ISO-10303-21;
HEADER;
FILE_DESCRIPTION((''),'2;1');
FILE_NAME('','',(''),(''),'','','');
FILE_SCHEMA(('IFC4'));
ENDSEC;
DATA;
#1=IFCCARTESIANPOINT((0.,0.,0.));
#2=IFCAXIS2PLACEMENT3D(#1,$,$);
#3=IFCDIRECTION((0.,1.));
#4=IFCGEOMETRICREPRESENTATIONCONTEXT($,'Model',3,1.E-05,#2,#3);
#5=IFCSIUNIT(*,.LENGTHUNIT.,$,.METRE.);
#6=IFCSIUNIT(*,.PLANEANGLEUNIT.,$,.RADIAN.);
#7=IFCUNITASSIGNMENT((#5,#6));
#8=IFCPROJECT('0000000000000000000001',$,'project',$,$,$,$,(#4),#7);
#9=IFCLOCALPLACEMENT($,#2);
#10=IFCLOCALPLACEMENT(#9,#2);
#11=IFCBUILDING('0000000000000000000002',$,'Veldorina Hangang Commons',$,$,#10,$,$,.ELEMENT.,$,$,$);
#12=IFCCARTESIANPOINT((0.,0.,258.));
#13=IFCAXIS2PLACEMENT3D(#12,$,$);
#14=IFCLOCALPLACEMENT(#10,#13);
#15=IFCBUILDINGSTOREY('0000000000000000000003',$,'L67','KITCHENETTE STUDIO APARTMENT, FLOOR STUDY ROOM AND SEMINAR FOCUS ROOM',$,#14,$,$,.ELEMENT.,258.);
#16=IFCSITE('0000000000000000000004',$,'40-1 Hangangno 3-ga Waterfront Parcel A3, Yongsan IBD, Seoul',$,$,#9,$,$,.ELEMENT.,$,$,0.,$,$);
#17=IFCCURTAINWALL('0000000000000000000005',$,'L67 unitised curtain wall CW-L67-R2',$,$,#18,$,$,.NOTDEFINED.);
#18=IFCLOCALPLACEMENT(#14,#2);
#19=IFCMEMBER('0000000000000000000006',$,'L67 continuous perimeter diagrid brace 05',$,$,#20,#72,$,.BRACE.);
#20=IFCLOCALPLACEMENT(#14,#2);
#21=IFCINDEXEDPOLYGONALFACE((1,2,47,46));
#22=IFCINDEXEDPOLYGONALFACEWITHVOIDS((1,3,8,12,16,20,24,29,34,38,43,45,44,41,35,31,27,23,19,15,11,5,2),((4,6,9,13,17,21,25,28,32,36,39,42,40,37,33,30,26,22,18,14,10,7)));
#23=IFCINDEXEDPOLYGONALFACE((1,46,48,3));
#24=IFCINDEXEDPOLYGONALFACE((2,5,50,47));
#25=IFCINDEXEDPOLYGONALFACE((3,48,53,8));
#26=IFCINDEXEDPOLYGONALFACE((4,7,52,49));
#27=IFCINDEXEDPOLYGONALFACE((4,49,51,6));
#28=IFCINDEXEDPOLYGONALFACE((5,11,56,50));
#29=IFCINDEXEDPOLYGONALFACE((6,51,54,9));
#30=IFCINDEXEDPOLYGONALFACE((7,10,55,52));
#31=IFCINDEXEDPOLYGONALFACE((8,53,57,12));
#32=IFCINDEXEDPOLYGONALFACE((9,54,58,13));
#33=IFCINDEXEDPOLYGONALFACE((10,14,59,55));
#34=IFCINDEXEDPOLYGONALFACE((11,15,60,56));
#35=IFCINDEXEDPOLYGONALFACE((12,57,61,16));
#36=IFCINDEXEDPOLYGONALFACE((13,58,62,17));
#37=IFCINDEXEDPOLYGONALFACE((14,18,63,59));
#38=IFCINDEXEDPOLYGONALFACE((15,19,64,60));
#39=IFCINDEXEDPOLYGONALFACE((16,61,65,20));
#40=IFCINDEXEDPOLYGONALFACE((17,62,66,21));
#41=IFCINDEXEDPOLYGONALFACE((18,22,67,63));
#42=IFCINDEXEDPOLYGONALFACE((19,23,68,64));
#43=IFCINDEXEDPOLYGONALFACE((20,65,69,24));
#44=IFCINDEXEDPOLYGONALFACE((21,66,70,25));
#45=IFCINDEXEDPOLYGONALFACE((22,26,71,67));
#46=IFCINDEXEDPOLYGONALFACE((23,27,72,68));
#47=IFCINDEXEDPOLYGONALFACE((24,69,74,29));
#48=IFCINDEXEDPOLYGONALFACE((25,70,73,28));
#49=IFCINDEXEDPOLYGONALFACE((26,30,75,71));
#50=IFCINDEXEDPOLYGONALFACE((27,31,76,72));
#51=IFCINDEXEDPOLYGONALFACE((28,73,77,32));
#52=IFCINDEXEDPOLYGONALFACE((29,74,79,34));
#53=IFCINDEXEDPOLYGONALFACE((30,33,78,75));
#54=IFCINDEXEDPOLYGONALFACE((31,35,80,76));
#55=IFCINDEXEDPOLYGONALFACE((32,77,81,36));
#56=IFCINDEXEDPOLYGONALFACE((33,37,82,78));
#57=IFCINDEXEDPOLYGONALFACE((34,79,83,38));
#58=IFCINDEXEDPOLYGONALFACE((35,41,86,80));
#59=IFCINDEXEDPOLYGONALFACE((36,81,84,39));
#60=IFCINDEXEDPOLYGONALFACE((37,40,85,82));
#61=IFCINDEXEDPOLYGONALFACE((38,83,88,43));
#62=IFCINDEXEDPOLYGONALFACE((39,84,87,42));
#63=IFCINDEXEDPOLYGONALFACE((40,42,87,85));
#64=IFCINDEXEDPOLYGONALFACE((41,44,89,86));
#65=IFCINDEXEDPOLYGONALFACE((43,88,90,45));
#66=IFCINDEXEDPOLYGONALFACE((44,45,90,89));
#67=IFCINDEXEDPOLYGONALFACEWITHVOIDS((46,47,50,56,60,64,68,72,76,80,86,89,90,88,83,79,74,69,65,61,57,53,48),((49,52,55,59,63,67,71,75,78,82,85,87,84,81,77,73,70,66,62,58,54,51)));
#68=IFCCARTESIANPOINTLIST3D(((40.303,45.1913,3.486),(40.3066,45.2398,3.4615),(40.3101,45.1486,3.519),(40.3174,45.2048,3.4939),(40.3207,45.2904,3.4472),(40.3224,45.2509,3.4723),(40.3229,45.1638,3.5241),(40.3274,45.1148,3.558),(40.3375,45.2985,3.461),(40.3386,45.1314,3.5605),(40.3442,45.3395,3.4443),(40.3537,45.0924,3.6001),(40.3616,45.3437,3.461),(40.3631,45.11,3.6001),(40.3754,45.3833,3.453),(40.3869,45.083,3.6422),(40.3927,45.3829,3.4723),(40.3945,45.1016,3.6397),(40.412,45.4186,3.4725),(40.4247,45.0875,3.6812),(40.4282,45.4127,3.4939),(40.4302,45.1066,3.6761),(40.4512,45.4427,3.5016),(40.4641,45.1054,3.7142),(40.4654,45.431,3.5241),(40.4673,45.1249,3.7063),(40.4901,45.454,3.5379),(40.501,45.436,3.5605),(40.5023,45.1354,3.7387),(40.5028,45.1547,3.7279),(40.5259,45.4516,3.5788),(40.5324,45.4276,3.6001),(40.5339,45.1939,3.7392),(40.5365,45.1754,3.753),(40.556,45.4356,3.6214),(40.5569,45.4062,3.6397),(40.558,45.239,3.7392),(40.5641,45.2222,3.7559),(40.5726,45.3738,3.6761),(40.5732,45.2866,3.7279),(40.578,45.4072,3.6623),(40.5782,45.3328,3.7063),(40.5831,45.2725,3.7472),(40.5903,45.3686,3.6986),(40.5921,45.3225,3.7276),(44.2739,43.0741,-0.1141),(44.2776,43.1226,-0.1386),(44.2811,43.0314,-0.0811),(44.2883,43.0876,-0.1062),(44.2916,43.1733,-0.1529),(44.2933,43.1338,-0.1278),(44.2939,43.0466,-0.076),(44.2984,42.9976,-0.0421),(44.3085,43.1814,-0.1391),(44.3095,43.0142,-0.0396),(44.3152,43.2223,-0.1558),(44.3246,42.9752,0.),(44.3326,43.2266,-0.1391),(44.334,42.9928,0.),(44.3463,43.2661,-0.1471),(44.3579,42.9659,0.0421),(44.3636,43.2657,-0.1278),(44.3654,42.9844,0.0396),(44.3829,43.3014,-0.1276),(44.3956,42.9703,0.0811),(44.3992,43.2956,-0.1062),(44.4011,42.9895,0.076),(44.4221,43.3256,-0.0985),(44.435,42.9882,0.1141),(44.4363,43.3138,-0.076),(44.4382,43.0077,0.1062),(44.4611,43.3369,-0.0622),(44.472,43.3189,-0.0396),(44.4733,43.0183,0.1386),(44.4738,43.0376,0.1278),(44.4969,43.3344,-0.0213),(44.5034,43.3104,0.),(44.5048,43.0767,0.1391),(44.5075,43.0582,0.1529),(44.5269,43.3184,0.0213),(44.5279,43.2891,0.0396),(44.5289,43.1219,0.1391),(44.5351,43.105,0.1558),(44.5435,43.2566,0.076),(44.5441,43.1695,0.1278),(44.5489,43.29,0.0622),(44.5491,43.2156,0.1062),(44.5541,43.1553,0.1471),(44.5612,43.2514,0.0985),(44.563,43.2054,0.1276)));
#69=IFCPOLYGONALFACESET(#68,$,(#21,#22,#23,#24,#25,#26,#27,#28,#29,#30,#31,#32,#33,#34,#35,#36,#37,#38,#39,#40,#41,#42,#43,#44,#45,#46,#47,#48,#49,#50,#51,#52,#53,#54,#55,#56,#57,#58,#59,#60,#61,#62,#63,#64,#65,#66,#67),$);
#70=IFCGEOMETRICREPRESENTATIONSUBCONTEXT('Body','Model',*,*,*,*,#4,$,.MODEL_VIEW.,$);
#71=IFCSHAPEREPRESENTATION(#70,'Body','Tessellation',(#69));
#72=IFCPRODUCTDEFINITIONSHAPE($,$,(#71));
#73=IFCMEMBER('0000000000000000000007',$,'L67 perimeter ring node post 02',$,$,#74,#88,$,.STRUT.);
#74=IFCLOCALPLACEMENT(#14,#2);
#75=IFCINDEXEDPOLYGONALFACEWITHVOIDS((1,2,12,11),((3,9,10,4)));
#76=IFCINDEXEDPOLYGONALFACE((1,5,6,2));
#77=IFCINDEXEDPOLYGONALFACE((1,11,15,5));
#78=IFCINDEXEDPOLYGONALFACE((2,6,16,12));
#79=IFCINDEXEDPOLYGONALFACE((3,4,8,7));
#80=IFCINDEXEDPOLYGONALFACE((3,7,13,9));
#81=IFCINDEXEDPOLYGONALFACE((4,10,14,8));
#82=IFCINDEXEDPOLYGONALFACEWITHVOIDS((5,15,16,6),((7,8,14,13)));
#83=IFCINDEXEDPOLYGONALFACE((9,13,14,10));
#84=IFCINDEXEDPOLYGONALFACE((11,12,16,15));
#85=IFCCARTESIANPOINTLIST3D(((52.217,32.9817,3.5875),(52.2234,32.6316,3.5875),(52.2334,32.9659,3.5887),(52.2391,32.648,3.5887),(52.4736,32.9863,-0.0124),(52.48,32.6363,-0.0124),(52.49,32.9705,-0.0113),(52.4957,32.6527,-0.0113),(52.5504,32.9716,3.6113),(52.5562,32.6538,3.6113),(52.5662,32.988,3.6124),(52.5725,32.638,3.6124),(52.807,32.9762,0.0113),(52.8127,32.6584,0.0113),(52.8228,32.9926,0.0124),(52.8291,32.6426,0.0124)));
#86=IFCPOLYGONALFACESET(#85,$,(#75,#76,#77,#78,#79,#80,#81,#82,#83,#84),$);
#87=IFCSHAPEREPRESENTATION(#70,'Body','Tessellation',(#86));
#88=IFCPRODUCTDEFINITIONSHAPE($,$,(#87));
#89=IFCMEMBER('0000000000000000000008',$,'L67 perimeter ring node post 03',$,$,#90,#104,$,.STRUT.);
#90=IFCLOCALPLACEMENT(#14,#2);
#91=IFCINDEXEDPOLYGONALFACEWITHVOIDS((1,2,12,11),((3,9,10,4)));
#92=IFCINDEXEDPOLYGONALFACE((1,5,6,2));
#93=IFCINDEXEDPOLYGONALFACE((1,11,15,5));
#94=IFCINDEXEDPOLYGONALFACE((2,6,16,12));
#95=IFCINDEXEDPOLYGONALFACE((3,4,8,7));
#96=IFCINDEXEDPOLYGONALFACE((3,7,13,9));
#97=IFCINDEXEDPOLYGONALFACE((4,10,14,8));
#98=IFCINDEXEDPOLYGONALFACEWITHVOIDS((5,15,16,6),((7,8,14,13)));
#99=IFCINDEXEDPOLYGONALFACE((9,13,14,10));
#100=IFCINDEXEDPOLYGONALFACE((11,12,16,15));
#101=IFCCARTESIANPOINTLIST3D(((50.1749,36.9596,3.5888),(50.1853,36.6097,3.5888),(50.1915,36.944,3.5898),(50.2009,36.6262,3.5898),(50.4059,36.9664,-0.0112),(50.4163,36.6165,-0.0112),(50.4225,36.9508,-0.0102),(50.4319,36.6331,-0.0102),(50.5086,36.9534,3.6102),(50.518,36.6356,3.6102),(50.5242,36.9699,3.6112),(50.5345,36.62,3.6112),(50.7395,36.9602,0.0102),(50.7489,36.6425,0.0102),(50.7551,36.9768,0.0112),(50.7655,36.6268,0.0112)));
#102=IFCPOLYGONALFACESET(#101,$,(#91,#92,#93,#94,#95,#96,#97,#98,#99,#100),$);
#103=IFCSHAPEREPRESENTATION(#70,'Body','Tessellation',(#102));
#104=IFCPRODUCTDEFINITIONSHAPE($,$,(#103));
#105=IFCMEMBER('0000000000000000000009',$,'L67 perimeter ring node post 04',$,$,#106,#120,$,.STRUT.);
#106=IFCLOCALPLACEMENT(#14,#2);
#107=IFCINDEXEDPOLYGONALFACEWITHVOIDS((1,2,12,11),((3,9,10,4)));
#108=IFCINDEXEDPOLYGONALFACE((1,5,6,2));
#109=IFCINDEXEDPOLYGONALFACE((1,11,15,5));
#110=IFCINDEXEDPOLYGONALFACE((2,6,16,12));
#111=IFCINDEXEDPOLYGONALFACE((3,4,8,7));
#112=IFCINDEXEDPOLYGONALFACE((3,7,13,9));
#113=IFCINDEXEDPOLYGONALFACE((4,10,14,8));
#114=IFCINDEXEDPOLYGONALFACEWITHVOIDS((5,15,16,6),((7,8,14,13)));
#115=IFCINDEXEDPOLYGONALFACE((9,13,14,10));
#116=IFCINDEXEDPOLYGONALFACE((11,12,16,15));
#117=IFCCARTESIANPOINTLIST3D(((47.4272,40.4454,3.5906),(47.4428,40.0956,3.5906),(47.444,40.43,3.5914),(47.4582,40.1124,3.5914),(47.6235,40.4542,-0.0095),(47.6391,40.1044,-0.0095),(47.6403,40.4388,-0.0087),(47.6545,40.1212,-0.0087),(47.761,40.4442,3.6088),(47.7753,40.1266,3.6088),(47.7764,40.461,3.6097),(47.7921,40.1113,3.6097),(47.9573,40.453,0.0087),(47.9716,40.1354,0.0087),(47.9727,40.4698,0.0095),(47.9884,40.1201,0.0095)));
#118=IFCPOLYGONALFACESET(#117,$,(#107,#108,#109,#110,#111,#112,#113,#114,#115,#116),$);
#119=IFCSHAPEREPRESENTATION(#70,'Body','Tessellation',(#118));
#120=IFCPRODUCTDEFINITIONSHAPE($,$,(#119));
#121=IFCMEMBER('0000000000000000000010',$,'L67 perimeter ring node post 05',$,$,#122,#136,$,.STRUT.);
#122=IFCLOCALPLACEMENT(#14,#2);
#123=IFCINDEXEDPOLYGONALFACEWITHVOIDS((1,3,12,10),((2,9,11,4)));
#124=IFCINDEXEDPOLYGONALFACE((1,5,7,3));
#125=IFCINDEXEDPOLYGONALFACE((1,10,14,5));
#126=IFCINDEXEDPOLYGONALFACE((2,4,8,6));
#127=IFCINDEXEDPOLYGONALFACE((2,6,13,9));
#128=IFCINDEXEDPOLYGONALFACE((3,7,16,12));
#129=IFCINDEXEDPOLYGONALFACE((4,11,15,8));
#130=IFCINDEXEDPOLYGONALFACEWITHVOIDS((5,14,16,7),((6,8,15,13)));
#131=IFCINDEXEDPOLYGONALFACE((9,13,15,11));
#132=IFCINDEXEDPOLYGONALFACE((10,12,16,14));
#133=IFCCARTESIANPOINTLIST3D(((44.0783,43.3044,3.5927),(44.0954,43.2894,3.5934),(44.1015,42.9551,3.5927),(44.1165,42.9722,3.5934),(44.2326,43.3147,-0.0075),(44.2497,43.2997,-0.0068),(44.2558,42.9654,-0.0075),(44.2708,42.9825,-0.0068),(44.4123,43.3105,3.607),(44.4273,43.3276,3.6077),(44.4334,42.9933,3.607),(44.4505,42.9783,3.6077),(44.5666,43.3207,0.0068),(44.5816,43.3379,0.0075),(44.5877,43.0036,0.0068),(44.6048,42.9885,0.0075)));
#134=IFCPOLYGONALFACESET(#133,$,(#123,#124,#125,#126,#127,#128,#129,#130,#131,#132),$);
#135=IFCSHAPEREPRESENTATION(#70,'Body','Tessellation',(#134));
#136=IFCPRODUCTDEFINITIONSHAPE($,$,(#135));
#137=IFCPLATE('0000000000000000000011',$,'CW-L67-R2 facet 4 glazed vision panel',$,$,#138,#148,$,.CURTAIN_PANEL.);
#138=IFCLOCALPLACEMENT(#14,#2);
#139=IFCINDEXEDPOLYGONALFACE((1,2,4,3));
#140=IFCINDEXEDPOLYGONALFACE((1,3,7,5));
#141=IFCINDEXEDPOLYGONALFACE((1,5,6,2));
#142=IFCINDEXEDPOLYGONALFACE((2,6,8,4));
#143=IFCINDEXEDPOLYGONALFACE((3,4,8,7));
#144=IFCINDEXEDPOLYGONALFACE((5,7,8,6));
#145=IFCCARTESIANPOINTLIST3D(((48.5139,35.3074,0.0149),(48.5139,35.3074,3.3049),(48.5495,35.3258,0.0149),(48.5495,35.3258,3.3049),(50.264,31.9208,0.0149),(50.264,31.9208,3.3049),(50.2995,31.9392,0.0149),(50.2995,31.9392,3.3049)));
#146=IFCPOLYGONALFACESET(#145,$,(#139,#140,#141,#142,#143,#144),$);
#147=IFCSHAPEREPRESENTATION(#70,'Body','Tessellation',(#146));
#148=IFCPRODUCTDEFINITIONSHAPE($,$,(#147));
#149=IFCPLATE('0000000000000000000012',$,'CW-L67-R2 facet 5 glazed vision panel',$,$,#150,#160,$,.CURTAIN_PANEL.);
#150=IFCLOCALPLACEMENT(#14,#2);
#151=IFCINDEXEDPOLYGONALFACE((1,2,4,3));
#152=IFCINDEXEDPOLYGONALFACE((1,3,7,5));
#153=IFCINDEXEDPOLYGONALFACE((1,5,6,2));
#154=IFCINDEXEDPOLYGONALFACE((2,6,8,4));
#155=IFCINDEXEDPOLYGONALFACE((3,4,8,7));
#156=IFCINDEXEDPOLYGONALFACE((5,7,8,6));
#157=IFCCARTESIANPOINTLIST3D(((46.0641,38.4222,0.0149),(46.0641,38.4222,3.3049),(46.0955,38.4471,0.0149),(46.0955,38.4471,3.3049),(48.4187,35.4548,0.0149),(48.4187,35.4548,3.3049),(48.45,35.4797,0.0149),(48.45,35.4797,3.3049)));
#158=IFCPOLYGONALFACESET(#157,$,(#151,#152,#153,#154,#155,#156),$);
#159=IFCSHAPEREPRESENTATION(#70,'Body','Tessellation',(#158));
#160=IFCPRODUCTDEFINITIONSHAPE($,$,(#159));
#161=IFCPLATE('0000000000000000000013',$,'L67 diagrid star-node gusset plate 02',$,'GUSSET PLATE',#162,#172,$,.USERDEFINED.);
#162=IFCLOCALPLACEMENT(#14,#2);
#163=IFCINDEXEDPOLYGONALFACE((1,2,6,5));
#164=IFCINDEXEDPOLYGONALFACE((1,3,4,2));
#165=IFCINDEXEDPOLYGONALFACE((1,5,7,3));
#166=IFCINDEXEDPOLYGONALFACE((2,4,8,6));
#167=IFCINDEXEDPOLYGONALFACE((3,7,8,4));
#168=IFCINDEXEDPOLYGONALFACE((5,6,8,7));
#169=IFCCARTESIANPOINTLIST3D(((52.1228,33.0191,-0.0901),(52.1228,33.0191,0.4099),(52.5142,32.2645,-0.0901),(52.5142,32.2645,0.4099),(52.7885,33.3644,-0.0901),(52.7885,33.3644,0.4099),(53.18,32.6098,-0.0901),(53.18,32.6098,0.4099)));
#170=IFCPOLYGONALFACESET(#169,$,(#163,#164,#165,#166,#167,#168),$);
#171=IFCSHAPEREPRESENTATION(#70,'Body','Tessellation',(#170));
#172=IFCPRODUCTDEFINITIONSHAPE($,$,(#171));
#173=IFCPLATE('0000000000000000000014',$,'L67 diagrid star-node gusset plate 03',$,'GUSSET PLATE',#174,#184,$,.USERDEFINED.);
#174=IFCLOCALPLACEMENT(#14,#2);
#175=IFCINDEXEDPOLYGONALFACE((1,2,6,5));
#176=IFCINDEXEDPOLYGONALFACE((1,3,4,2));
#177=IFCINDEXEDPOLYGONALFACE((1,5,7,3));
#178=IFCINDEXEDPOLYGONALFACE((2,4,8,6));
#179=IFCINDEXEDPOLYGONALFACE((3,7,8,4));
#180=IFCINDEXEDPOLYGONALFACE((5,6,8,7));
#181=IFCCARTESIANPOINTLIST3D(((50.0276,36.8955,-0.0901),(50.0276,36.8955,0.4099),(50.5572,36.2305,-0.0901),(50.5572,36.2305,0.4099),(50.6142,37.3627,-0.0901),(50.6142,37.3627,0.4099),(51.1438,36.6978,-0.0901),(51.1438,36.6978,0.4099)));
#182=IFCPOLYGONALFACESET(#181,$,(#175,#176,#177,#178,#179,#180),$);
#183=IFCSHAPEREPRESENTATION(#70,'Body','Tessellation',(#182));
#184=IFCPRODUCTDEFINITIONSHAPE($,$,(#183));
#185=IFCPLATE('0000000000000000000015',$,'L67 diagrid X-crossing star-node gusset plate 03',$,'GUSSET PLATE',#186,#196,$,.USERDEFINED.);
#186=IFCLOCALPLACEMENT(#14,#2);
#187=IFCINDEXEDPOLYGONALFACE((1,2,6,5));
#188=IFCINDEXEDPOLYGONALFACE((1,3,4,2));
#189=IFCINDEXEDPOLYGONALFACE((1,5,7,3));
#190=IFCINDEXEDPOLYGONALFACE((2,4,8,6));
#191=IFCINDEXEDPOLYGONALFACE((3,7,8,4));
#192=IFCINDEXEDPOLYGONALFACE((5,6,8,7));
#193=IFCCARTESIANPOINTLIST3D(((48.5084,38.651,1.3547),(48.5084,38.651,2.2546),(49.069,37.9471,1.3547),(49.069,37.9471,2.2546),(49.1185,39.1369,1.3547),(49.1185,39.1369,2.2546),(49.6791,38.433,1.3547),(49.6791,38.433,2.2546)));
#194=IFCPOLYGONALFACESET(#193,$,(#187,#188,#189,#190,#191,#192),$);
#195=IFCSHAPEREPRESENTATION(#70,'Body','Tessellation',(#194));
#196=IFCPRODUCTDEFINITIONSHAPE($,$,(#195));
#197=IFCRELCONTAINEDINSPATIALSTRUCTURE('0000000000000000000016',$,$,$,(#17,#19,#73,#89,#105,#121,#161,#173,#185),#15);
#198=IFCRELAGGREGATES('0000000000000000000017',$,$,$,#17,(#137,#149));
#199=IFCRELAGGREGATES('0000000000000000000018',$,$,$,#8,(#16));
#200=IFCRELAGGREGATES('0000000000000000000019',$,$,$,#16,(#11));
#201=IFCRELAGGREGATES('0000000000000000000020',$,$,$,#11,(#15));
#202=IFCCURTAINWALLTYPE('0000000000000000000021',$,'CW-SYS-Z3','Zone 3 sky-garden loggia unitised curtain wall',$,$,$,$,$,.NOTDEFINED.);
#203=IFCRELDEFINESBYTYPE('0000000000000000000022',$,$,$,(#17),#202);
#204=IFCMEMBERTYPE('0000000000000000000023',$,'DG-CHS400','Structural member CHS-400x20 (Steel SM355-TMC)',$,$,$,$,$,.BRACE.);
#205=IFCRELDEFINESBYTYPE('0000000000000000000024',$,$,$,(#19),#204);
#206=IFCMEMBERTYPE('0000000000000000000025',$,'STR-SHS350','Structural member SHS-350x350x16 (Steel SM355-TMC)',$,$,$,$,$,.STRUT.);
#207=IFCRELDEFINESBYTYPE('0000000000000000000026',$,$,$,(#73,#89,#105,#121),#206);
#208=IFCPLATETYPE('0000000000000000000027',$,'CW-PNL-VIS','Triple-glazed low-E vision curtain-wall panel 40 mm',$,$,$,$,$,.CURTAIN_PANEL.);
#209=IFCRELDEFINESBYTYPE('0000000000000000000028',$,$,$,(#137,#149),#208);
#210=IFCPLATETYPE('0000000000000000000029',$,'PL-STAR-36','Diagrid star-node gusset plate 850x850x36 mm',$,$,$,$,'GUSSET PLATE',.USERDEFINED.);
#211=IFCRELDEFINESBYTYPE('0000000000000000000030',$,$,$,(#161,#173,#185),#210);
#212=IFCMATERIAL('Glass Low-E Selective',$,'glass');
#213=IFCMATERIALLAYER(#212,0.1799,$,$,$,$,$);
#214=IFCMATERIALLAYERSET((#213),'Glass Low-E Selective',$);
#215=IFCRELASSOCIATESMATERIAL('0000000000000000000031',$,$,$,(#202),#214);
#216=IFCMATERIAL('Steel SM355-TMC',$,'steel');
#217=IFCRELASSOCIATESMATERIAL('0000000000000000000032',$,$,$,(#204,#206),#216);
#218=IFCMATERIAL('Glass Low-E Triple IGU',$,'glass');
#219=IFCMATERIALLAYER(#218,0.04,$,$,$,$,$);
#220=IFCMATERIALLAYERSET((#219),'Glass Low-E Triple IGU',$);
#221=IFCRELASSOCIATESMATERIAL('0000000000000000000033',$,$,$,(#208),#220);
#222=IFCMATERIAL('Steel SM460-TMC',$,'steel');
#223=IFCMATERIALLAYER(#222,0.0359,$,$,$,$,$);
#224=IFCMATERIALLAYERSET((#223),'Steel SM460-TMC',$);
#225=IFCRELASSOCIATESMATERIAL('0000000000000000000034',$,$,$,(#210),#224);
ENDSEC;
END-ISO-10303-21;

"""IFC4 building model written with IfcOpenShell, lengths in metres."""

from ifc_helpers import new_model, si_unit, direction, frame, origin, origin_2d, place, context, subcontext, project, spatial, rectangle, hollow_rectangle, hollow_circle, extrude, material, layer, layer_set, material_profile, profile_set, type_object, element, aggregate, save


model = new_model("IFC4")

# Units and contexts
model_context = context("Model", 3, precision=1e-05, world=origin(), true_north=direction((0.0, 1.0)))
body_context = subcontext(model_context, "Body", "Model", "MODEL_VIEW")
ifc_project = project(units=[si_unit("LENGTHUNIT", "METRE"), si_unit("PLANEANGLEUNIT", "RADIAN")], contexts=[model_context])

# Site, building, storey
site_placement = place(None, origin())
site = spatial("IfcSite", under=ifc_project, at=site_placement, Name="40-1 Hangangno 3-ga Waterfront Parcel A3, Yongsan IBD, Seoul", CompositionType="ELEMENT", RefElevation=0.0)
building_placement = place(site_placement, origin())
building = spatial("IfcBuilding", under=site, at=building_placement, Name="Veldorina Hangang Commons", CompositionType="ELEMENT")
storey_placement = place(building_placement, frame((0.0, 0.0, 258.0)))
storey = spatial("IfcBuildingStorey", under=building, at=storey_placement, Name="L67", Description="KITCHENETTE STUDIO APARTMENT, FLOOR STUDY ROOM AND SEMINAR FOCUS ROOM", CompositionType="ELEMENT", Elevation=258.0)

# Shared definitions
ifc_material_1 = material(Name="Steel SM355-TMC", Category="steel")

# Curtain wall
ifc_material_2 = material(Name="Glass Low-E Selective", Category="glass")
ifc_layer_1 = layer(ifc_material_2, 0.1799)
ifc_layer_set_1 = layer_set([ifc_layer_1], Name="Glass Low-E Selective")
curtain_wall_type = type_object("IfcCurtainWallType", Name="CW-SYS-Z3", Description="Zone 3 sky-garden loggia unitised curtain wall", PredefinedType="NOTDEFINED", material=ifc_layer_set_1)
curtain_wall_placement = place(storey_placement, origin())
curtain_wall = element("IfcCurtainWall", 1, at=curtain_wall_placement, inside=storey, type_object=curtain_wall_type, Name="L67 unitised curtain wall CW-L67-R2", PredefinedType="NOTDEFINED")

# Members
ifc_material_profile_1 = material_profile(ifc_material_1, hollow_circle(Radius=0.2, WallThickness=0.02, at=origin_2d()), Name="CHS-400x20")
ifc_profile_set_1 = profile_set([ifc_material_profile_1], Name="Steel SM355-TMC")
member_type_1 = type_object("IfcMemberType", Name="DG-CHS400", Description="Structural member CHS-400x20 (Steel SM355-TMC)", PredefinedType="BRACE", material=ifc_profile_set_1)
member_1_placement = place(storey_placement, frame((44.4187, 43.1516, 0.0), z_axis=(-0.689048, 0.367379, 0.624697), x_axis=(-0.470476, -0.882413, 0.0)))
element("IfcMember", 2, at=member_1_placement, inside=storey, type_object=member_type_1, Name="L67 continuous perimeter diagrid brace 05", PredefinedType="BRACE", context=body_context, shape_type="SweptSolid", body=[
    extrude(hollow_circle(Radius=0.2, WallThickness=0.02, at=origin_2d()), origin(), (0.0, 0.0, 1.0), 5.7629),
])
ifc_material_profile_2 = material_profile(ifc_material_1, hollow_rectangle(XDim=0.3501, YDim=0.3501, WallThickness=0.0161, at=origin_2d()), Name="SHS-350x350x16")
ifc_profile_set_2 = profile_set([ifc_material_profile_2], Name="Steel SM355-TMC")
member_type_2 = type_object("IfcMemberType", Name="STR-SHS350", Description="Structural member SHS-350x350x16 (Steel SM355-TMC)", PredefinedType="STRUT", material=ifc_profile_set_2)
member_2_placement = place(storey_placement, frame((52.6514, 32.8145, 0.0), z_axis=(-0.071093, -0.001285, 0.997469), x_axis=(0.018075, -0.999837, 0.0)))
element("IfcMember", 3, at=member_2_placement, inside=storey, type_object=member_type_2, Name="L67 perimeter ring node post 02", PredefinedType="STRUT", context=body_context, shape_type="SweptSolid", body=[
    extrude(hollow_rectangle(XDim=0.3501, YDim=0.3501, WallThickness=0.0161, at=origin_2d()), origin(), (0.0, 0.0, 1.0), 3.6091),
])
member_3_placement = place(storey_placement, frame((50.5857, 36.7966, 0.0), z_axis=(-0.064021, -0.001895, 0.997947), x_axis=(0.029585, -0.999562, 0.0)))
element("IfcMember", 4, at=member_3_placement, inside=storey, type_object=member_type_2, Name="L67 perimeter ring node post 03", PredefinedType="STRUT", context=body_context, shape_type="SweptSolid", body=[
    extrude(hollow_rectangle(XDim=0.3501, YDim=0.3501, WallThickness=0.0161, at=origin_2d()), origin(), (0.0, 0.0, 1.0), 3.6074),
])
member_4_placement = place(storey_placement, frame((47.8059, 40.2871, 0.0), z_axis=(-0.054442, -0.002438, 0.998514), x_axis=(0.044731, -0.998999, 0.0)))
element("IfcMember", 5, at=member_4_placement, inside=storey, type_object=member_type_2, Name="L67 perimeter ring node post 04", PredefinedType="STRUT", context=body_context, shape_type="SweptSolid", body=[
    extrude(hollow_rectangle(XDim=0.3501, YDim=0.3501, WallThickness=0.0161, at=origin_2d()), origin(), (0.0, 0.0, 1.0), 3.6055),
])
member_5_placement = place(storey_placement, frame((44.4187, 43.1516, 0.0), z_axis=(-0.04282, -0.002846, 0.999079), x_axis=(0.066309, -0.997799, 0.0)))
element("IfcMember", 6, at=member_5_placement, inside=storey, type_object=member_type_2, Name="L67 perimeter ring node post 05", PredefinedType="STRUT", context=body_context, shape_type="SweptSolid", body=[
    extrude(hollow_rectangle(XDim=0.3501, YDim=0.3501, WallThickness=0.0161, at=origin_2d()), origin(), (0.0, 0.0, 1.0), 3.6035),
])

# Plates
ifc_material_3 = material(Name="Glass Low-E Triple IGU", Category="glass")
ifc_layer_2 = layer(ifc_material_3, 0.04)
ifc_layer_set_2 = layer_set([ifc_layer_2], Name="Glass Low-E Triple IGU")
plate_type_1 = type_object("IfcPlateType", Name="CW-PNL-VIS", Description="Triple-glazed low-E vision curtain-wall panel 40 mm", PredefinedType="CURTAIN_PANEL", material=ifc_layer_set_2)
plate_1_placement = place(storey_placement, frame((49.4067, 33.6233, 0.0149), z_axis=(0.0, 0.0, 1.0), x_axis=(-0.459084, 0.888393, 0.0)))
plate_1 = element("IfcPlate", 7, at=plate_1_placement, type_object=plate_type_1, Name="CW-L67-R2 facet 4 glazed vision panel", PredefinedType="CURTAIN_PANEL", context=body_context, shape_type="SweptSolid", body=[
    extrude(rectangle(XDim=3.812, YDim=0.04, at=origin_2d()), origin(), (0.0, 0.0, 1.0), 3.29),
])
plate_2_placement = place(storey_placement, frame((47.2571, 36.9509, 0.0149), z_axis=(0.0, 0.0, 1.0), x_axis=(-0.621572, 0.783357, 0.0)))
plate_2 = element("IfcPlate", 8, at=plate_2_placement, type_object=plate_type_1, Name="CW-L67-R2 facet 5 glazed vision panel", PredefinedType="CURTAIN_PANEL", context=body_context, shape_type="SweptSolid", body=[
    extrude(rectangle(XDim=3.7881, YDim=0.04, at=origin_2d()), origin(), (0.0, 0.0, 1.0), 3.29),
])
aggregate(curtain_wall, [plate_1, plate_2])

# Plates
ifc_material_4 = material(Name="Steel SM460-TMC", Category="steel")
ifc_layer_3 = layer(ifc_material_4, 0.0359)
ifc_layer_set_3 = layer_set([ifc_layer_3], Name="Steel SM460-TMC")
plate_type_2 = type_object("IfcPlateType", Name="PL-STAR-36", Description="Diagrid star-node gusset plate 850x850x36 mm", ElementType="GUSSET PLATE", PredefinedType="USERDEFINED", material=ifc_layer_set_3)
for number, where, z_axis, x_axis, name in (
    (9, (52.6514, 32.8145, -0.0901), (0.0, 0.0, 1.0), (-0.460463, 0.887679, 0.0), "L67 diagrid star-node gusset plate 02"),
    (10, (50.5857, 36.7966, -0.0901), (0.0, 0.0, 1.0), (-0.622993, 0.782228, 0.0), "L67 diagrid star-node gusset plate 03"),
):
    element("IfcPlate", number, at=place(storey_placement, frame(where, z_axis=z_axis, x_axis=x_axis)), inside=storey, type_object=plate_type_2, Name=name, ObjectType="GUSSET PLATE", PredefinedType="USERDEFINED", context=body_context, shape_type="SweptSolid", body=[
        extrude(rectangle(XDim=0.8501, YDim=0.75, at=origin_2d()), origin(), (0.0, 0.0, 1.0), 0.5),
    ])
plate_3_placement = place(storey_placement, frame((49.0938, 38.542, 1.3547), z_axis=(0.0, 0.0, 1.0), x_axis=(-0.622993, 0.782228, 0.0)))
element("IfcPlate", 11, at=plate_3_placement, inside=storey, type_object=plate_type_2, Name="L67 diagrid X-crossing star-node gusset plate 03", ObjectType="GUSSET PLATE", PredefinedType="USERDEFINED", context=body_context, shape_type="SweptSolid", body=[
    extrude(rectangle(XDim=0.8999, YDim=0.78, at=origin_2d()), origin(), (0.0, 0.0, 1.0), 0.8999),
])

save(model, "model.ifc")
